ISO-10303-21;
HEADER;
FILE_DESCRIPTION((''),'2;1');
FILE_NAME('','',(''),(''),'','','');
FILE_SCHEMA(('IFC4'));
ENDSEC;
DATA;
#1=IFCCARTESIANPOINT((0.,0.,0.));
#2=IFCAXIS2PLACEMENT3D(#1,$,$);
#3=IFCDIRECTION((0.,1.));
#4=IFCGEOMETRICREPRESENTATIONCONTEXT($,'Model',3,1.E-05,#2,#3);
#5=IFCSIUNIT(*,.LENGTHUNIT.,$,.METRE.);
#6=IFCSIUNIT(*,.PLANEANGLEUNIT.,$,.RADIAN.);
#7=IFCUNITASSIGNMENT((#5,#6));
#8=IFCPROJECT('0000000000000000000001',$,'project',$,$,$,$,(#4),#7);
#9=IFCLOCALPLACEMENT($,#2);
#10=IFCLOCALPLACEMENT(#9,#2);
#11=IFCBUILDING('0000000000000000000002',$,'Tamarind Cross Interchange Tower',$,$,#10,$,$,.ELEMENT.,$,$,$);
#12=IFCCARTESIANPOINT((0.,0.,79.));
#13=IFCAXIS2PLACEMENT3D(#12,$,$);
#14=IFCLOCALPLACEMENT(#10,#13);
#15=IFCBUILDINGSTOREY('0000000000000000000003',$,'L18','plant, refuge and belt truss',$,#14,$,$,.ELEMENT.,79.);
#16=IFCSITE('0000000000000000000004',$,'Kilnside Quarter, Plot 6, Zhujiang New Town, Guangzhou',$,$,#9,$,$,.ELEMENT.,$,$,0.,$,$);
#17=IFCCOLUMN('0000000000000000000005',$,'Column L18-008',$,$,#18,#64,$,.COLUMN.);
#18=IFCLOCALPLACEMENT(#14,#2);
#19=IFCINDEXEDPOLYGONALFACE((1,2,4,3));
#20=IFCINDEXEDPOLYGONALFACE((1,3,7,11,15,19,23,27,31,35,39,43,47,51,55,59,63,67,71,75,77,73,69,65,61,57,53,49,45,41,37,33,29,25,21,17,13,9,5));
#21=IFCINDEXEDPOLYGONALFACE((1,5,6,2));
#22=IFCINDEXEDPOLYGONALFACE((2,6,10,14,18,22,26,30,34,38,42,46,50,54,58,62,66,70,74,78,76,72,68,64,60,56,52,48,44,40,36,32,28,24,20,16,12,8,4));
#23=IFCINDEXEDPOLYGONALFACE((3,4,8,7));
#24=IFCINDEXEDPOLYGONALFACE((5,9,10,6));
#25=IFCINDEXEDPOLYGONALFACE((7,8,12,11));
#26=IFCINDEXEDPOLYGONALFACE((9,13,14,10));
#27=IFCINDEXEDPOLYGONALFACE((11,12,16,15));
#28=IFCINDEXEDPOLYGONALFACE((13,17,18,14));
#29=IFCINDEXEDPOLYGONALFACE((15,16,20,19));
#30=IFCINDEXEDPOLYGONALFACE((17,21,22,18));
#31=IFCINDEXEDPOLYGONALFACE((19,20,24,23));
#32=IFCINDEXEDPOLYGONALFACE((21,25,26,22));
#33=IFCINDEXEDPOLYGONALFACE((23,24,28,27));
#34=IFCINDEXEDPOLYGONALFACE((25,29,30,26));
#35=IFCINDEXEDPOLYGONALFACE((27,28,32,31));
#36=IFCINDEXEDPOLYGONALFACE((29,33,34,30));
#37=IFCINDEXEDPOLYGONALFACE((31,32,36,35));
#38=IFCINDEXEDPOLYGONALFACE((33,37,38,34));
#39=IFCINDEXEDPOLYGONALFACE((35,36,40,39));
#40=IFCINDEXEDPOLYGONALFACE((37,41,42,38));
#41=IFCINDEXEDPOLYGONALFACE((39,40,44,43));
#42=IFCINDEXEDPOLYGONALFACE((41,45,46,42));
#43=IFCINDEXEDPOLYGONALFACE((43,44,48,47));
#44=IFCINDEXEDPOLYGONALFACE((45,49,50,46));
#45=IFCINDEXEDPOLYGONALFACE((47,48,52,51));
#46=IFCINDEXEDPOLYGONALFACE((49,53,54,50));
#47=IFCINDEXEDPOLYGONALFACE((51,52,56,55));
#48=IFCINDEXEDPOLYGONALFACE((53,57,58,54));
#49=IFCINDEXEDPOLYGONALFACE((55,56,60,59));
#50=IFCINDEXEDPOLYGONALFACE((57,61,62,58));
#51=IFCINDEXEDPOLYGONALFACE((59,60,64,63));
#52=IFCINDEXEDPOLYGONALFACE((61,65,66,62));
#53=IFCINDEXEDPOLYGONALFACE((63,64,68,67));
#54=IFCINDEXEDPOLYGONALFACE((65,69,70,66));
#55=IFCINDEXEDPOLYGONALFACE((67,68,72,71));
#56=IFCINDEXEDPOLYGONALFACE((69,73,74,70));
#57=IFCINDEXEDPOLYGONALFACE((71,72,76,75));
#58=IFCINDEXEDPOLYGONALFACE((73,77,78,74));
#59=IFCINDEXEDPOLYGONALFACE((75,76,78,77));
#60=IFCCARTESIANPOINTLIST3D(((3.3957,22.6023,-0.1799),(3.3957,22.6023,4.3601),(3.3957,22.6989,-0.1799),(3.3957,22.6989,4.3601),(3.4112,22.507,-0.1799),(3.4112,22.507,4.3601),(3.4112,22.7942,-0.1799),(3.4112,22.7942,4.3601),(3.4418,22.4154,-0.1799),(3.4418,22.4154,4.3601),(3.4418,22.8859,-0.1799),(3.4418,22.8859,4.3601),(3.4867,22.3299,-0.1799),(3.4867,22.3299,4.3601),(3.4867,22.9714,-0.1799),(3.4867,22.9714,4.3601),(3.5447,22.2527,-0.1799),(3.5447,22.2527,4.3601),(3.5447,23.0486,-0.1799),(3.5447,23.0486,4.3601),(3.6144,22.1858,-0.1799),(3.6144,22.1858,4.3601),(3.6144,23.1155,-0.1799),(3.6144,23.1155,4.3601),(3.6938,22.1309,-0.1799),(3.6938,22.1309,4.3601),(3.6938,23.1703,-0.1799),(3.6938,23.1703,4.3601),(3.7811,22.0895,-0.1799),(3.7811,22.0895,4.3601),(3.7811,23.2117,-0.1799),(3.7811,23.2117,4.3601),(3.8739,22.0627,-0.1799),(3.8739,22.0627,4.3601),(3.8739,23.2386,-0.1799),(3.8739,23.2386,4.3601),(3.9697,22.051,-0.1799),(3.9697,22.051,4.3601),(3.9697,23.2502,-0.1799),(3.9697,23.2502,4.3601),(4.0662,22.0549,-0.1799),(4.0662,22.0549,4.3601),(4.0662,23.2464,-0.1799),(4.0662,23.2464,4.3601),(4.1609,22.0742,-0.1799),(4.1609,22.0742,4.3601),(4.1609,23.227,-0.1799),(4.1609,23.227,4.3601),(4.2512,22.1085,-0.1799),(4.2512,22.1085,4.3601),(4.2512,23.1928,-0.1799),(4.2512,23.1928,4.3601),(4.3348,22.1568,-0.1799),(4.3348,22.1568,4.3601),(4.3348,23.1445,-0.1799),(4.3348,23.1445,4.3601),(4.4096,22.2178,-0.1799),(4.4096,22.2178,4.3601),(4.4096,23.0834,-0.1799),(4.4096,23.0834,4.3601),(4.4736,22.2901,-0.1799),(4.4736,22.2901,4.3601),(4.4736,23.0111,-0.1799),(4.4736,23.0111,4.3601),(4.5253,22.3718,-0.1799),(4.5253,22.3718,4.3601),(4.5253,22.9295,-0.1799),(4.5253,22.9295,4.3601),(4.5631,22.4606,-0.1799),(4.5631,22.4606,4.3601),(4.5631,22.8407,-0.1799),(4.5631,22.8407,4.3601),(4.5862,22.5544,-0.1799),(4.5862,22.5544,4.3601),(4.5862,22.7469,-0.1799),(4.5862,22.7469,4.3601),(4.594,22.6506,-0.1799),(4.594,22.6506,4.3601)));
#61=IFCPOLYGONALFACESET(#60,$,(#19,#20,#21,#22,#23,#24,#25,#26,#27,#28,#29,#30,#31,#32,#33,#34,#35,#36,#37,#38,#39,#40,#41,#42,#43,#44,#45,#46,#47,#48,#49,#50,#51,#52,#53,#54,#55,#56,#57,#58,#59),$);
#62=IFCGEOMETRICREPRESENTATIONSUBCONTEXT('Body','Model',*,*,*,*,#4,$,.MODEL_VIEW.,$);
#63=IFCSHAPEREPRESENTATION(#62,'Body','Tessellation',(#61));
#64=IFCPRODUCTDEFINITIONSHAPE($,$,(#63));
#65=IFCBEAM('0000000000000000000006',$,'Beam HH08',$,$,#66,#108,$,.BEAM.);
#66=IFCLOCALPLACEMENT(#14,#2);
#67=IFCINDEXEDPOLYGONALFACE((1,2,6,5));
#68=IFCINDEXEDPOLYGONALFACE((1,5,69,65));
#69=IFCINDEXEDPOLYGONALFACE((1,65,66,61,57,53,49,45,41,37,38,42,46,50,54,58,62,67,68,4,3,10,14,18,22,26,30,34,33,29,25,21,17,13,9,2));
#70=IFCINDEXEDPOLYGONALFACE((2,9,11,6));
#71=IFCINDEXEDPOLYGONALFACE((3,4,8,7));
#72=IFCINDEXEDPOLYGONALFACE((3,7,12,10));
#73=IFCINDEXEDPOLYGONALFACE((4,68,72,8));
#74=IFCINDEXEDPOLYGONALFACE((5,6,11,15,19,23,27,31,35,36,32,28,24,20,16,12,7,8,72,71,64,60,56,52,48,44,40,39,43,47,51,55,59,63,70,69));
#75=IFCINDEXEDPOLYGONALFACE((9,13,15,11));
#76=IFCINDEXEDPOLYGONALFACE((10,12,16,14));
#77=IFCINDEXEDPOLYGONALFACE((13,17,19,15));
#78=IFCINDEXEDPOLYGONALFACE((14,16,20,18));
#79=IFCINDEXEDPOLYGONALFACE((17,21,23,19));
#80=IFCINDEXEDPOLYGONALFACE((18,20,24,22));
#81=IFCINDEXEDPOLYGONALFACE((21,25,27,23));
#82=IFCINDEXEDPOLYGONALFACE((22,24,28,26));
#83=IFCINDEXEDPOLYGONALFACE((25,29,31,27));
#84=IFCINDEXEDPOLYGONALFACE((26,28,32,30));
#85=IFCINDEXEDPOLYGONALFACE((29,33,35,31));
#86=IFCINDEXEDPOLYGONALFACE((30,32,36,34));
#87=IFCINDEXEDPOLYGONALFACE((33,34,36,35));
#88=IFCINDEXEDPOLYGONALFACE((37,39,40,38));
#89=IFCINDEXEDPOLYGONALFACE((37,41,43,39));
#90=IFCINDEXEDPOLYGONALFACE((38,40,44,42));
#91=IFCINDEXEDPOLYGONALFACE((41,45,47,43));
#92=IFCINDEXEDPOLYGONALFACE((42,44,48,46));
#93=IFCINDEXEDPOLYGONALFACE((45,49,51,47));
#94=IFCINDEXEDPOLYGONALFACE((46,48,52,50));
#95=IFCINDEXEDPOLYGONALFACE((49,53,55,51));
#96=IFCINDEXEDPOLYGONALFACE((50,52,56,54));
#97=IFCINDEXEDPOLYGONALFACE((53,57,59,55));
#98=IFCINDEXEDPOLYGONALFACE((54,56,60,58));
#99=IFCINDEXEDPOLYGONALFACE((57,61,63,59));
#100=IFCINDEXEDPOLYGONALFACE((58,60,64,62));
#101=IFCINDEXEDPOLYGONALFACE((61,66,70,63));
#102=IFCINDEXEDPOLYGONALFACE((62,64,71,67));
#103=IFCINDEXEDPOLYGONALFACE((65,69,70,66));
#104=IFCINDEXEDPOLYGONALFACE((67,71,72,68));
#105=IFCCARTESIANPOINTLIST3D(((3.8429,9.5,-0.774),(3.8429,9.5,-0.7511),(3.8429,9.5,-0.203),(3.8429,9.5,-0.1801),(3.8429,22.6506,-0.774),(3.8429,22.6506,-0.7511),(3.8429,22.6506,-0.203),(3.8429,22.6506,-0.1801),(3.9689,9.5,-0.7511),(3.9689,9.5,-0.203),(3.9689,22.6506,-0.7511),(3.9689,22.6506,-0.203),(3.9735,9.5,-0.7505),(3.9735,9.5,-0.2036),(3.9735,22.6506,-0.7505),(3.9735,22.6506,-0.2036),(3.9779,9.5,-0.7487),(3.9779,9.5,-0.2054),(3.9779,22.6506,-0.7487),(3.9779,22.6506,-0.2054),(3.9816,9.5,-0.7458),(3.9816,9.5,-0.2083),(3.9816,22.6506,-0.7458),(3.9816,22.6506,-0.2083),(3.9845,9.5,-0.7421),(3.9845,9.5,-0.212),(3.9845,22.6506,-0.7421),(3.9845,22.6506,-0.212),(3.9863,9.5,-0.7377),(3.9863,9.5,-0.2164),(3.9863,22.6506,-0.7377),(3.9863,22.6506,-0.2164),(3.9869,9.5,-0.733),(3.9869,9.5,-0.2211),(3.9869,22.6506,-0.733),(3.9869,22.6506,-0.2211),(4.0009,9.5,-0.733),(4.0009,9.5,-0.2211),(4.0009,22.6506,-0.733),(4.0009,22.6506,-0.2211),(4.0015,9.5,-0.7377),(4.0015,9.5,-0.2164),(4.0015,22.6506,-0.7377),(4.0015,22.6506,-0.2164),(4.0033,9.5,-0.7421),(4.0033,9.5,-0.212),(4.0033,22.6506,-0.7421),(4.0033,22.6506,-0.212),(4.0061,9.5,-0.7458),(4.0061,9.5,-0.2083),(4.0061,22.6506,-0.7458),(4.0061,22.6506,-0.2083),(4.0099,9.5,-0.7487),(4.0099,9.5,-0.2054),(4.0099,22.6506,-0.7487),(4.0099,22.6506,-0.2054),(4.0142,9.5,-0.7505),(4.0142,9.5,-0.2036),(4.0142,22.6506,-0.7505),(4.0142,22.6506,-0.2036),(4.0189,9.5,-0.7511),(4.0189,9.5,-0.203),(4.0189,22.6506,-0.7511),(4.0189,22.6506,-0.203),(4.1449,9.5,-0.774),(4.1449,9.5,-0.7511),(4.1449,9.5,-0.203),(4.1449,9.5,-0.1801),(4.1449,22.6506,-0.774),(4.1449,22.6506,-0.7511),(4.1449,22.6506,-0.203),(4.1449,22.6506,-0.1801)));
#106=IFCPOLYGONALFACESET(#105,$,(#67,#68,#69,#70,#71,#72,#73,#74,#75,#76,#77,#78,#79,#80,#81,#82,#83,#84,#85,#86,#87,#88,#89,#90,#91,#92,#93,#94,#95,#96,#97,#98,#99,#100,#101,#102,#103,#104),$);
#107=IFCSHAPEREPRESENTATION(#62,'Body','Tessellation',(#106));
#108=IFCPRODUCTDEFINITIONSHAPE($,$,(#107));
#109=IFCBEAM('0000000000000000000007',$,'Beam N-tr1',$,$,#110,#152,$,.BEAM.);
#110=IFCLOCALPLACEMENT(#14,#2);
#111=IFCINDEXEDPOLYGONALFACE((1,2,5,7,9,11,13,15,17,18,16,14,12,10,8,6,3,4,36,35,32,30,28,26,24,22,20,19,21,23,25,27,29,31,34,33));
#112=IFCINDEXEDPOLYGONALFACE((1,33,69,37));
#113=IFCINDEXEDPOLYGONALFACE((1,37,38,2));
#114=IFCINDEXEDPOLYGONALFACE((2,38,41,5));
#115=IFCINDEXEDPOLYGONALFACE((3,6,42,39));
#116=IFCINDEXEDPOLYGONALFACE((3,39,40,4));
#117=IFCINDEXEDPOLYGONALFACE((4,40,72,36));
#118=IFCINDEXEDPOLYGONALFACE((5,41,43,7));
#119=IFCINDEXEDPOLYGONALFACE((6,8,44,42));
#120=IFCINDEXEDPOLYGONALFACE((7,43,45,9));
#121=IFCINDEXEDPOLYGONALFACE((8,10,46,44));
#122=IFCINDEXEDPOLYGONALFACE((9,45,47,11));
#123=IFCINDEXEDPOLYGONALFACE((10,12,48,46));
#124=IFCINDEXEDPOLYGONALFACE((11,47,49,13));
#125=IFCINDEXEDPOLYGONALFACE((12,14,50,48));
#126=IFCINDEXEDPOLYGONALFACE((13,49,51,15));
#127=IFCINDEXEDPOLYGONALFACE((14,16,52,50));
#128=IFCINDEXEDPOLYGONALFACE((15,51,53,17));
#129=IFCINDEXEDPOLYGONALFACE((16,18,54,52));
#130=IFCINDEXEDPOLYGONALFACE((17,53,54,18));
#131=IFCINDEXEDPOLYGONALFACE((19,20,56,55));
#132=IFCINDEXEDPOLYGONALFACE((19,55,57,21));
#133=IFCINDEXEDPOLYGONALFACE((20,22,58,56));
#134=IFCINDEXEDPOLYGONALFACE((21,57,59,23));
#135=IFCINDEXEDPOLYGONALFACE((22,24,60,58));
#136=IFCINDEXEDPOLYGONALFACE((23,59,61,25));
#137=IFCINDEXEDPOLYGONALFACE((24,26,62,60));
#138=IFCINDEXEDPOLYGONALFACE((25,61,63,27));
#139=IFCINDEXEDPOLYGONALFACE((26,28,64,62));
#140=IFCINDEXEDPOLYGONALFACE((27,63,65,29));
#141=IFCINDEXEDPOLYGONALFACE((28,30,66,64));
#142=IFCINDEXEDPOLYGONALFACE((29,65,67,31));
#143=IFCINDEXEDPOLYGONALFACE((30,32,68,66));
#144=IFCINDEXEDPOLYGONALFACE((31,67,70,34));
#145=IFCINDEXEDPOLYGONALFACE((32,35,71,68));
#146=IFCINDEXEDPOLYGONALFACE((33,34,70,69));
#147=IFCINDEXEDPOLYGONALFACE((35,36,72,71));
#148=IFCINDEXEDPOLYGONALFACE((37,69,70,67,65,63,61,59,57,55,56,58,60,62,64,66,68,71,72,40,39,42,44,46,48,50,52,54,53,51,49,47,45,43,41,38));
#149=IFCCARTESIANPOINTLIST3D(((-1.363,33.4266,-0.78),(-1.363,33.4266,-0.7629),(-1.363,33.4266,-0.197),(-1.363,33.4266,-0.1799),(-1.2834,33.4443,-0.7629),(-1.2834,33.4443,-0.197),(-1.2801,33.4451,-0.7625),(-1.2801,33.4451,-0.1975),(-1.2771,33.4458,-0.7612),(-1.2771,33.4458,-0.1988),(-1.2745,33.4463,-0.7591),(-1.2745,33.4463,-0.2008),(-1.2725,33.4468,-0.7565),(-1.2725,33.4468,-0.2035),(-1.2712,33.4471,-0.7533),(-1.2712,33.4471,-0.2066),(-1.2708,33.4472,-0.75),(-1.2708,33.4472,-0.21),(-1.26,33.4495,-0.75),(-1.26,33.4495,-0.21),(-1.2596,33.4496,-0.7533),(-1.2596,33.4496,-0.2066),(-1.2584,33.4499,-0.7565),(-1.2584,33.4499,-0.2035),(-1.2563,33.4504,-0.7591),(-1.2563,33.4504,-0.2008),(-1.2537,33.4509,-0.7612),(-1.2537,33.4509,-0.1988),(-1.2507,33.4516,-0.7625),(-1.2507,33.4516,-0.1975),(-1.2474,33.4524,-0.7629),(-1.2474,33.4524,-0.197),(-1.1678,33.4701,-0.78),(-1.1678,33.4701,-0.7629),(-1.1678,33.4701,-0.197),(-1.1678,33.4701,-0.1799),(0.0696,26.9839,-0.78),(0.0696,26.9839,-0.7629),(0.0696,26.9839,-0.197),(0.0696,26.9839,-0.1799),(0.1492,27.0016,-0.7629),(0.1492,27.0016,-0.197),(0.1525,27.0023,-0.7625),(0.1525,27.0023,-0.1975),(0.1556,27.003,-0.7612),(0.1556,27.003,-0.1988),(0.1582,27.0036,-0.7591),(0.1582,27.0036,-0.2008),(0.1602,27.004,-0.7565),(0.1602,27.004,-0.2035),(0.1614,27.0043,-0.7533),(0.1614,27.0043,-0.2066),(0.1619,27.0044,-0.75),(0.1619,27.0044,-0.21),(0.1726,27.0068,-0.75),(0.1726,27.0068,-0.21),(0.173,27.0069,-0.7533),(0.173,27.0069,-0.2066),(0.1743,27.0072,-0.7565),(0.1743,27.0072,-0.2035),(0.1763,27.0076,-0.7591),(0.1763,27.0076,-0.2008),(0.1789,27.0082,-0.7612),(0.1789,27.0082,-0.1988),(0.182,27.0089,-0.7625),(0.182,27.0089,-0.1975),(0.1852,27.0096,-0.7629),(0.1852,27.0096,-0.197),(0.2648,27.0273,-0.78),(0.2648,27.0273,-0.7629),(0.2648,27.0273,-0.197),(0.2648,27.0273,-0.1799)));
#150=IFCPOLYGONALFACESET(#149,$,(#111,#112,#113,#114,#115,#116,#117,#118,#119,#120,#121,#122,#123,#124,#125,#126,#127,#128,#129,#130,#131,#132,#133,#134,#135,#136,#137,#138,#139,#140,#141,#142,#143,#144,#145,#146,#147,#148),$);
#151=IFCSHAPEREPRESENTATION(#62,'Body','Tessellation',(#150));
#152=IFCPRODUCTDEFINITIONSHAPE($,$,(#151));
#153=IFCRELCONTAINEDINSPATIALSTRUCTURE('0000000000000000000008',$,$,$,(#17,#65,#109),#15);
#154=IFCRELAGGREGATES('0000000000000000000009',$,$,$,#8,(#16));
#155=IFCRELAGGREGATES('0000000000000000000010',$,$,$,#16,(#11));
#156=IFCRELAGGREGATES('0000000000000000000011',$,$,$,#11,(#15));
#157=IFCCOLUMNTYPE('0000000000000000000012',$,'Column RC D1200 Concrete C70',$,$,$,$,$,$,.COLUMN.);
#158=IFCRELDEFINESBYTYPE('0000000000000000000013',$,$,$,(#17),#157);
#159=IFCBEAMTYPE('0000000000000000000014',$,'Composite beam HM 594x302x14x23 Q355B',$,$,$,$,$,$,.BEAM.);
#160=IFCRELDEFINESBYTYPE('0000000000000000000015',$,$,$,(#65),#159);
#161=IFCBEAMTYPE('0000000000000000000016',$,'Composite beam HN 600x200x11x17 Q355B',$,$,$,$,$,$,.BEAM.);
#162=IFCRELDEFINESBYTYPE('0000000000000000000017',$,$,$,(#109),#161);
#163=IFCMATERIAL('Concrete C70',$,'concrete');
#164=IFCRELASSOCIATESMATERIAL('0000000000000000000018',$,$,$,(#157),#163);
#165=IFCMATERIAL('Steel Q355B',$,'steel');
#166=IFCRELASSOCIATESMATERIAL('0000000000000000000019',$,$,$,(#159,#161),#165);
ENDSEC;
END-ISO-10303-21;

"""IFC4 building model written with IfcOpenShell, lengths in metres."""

from ifc_helpers import new_model, si_unit, direction, frame, origin, origin_2d, place, context, subcontext, project, spatial, circle, i_section, extrude, material, material_profile, profile_set, type_object, element, save


model = new_model("IFC4")

# Units and contexts
model_context = context("Model", 3, precision=1e-05, world=origin(), true_north=direction((0.0, 1.0)))
body_context = subcontext(model_context, "Body", "Model", "MODEL_VIEW")
ifc_project = project(units=[si_unit("LENGTHUNIT", "METRE"), si_unit("PLANEANGLEUNIT", "RADIAN")], contexts=[model_context])

# Site, building, storey
site_placement = place(None, origin())
site = spatial("IfcSite", under=ifc_project, at=site_placement, Name="Kilnside Quarter, Plot 6, Zhujiang New Town, Guangzhou", CompositionType="ELEMENT", RefElevation=0.0)
building_placement = place(site_placement, origin())
building = spatial("IfcBuilding", under=site, at=building_placement, Name="Tamarind Cross Interchange Tower", CompositionType="ELEMENT")
storey_placement = place(building_placement, frame((0.0, 0.0, 79.0)))
storey = spatial("IfcBuildingStorey", under=building, at=storey_placement, Name="L18", Description="plant, refuge and belt truss", CompositionType="ELEMENT", Elevation=79.0)

# Column
ifc_material_1 = material(Name="Concrete C70", Category="concrete")
ifc_material_profile_1 = material_profile(ifc_material_1, circle(Radius=0.6001, at=origin_2d()), Name="RC D1200")
ifc_profile_set_1 = profile_set([ifc_material_profile_1], Name="Concrete C70")
column_type = type_object("IfcColumnType", Name="Column RC D1200 Concrete C70", PredefinedType="COLUMN", material=ifc_profile_set_1)
column_placement = place(storey_placement, frame((3.9939, 22.6506, -0.1799), z_axis=(0.0, 0.0, 1.0), x_axis=(1.0, 0.0, 0.0)))
element("IfcColumn", 1, at=column_placement, inside=storey, type_object=column_type, Name="Column L18-008", PredefinedType="COLUMN", context=body_context, shape_type="SweptSolid", body=[
    extrude(circle(Radius=0.6001, at=origin_2d()), origin(), (0.0, 0.0, 1.0), 4.54),
])

# Beams
ifc_material_2 = material(Name="Steel Q355B", Category="steel")
ifc_material_profile_2 = material_profile(ifc_material_2, i_section(OverallWidth=0.302, OverallDepth=0.594, WebThickness=0.0139, FlangeThickness=0.0229, FilletRadius=0.0181, at=origin_2d()), Name="HM 594x302x14x23")
ifc_profile_set_2 = profile_set([ifc_material_profile_2], Name="Steel Q355B")
beam_type_1 = type_object("IfcBeamType", Name="Composite beam HM 594x302x14x23 Q355B", PredefinedType="BEAM", material=ifc_profile_set_2)
beam_1_placement = place(storey_placement, frame((3.9939, 22.6506, -0.4771), z_axis=(0.0, -1.0, 0.0), x_axis=(1.0, 0.0, 0.0)))
element("IfcBeam", 2, at=beam_1_placement, inside=storey, type_object=beam_type_1, Name="Beam HH08", PredefinedType="BEAM", context=body_context, shape_type="SweptSolid", body=[
    extrude(i_section(OverallWidth=0.302, OverallDepth=0.594, WebThickness=0.0139, FlangeThickness=0.0229, FilletRadius=0.0181, at=origin_2d()), origin(), (0.0, 0.0, 1.0), 13.1506),
])
ifc_material_profile_3 = material_profile(ifc_material_2, i_section(OverallWidth=0.2, OverallDepth=0.6001, WebThickness=0.011, FlangeThickness=0.0171, FilletRadius=0.0129, at=origin_2d()), Name="HN 600x200x11x17")
ifc_profile_set_3 = profile_set([ifc_material_profile_3], Name="Steel Q355B")
beam_type_2 = type_object("IfcBeamType", Name="Composite beam HN 600x200x11x17 Q355B", PredefinedType="BEAM", material=ifc_profile_set_3)
beam_2_placement = place(storey_placement, frame((0.1672, 27.0056, -0.48), z_axis=(-0.217064, 0.976157, 0.0), x_axis=(-0.976157, -0.217064, 0.0)))
element("IfcBeam", 3, at=beam_2_placement, inside=storey, type_object=beam_type_2, Name="Beam N-tr1", PredefinedType="BEAM", context=body_context, shape_type="SweptSolid", body=[
    extrude(i_section(OverallWidth=0.2, OverallDepth=0.6001, WebThickness=0.011, FlangeThickness=0.0171, FilletRadius=0.0129, at=origin_2d()), origin(), (0.0, 0.0, 1.0), 6.6001),
])

save(model, "model.ifc")
